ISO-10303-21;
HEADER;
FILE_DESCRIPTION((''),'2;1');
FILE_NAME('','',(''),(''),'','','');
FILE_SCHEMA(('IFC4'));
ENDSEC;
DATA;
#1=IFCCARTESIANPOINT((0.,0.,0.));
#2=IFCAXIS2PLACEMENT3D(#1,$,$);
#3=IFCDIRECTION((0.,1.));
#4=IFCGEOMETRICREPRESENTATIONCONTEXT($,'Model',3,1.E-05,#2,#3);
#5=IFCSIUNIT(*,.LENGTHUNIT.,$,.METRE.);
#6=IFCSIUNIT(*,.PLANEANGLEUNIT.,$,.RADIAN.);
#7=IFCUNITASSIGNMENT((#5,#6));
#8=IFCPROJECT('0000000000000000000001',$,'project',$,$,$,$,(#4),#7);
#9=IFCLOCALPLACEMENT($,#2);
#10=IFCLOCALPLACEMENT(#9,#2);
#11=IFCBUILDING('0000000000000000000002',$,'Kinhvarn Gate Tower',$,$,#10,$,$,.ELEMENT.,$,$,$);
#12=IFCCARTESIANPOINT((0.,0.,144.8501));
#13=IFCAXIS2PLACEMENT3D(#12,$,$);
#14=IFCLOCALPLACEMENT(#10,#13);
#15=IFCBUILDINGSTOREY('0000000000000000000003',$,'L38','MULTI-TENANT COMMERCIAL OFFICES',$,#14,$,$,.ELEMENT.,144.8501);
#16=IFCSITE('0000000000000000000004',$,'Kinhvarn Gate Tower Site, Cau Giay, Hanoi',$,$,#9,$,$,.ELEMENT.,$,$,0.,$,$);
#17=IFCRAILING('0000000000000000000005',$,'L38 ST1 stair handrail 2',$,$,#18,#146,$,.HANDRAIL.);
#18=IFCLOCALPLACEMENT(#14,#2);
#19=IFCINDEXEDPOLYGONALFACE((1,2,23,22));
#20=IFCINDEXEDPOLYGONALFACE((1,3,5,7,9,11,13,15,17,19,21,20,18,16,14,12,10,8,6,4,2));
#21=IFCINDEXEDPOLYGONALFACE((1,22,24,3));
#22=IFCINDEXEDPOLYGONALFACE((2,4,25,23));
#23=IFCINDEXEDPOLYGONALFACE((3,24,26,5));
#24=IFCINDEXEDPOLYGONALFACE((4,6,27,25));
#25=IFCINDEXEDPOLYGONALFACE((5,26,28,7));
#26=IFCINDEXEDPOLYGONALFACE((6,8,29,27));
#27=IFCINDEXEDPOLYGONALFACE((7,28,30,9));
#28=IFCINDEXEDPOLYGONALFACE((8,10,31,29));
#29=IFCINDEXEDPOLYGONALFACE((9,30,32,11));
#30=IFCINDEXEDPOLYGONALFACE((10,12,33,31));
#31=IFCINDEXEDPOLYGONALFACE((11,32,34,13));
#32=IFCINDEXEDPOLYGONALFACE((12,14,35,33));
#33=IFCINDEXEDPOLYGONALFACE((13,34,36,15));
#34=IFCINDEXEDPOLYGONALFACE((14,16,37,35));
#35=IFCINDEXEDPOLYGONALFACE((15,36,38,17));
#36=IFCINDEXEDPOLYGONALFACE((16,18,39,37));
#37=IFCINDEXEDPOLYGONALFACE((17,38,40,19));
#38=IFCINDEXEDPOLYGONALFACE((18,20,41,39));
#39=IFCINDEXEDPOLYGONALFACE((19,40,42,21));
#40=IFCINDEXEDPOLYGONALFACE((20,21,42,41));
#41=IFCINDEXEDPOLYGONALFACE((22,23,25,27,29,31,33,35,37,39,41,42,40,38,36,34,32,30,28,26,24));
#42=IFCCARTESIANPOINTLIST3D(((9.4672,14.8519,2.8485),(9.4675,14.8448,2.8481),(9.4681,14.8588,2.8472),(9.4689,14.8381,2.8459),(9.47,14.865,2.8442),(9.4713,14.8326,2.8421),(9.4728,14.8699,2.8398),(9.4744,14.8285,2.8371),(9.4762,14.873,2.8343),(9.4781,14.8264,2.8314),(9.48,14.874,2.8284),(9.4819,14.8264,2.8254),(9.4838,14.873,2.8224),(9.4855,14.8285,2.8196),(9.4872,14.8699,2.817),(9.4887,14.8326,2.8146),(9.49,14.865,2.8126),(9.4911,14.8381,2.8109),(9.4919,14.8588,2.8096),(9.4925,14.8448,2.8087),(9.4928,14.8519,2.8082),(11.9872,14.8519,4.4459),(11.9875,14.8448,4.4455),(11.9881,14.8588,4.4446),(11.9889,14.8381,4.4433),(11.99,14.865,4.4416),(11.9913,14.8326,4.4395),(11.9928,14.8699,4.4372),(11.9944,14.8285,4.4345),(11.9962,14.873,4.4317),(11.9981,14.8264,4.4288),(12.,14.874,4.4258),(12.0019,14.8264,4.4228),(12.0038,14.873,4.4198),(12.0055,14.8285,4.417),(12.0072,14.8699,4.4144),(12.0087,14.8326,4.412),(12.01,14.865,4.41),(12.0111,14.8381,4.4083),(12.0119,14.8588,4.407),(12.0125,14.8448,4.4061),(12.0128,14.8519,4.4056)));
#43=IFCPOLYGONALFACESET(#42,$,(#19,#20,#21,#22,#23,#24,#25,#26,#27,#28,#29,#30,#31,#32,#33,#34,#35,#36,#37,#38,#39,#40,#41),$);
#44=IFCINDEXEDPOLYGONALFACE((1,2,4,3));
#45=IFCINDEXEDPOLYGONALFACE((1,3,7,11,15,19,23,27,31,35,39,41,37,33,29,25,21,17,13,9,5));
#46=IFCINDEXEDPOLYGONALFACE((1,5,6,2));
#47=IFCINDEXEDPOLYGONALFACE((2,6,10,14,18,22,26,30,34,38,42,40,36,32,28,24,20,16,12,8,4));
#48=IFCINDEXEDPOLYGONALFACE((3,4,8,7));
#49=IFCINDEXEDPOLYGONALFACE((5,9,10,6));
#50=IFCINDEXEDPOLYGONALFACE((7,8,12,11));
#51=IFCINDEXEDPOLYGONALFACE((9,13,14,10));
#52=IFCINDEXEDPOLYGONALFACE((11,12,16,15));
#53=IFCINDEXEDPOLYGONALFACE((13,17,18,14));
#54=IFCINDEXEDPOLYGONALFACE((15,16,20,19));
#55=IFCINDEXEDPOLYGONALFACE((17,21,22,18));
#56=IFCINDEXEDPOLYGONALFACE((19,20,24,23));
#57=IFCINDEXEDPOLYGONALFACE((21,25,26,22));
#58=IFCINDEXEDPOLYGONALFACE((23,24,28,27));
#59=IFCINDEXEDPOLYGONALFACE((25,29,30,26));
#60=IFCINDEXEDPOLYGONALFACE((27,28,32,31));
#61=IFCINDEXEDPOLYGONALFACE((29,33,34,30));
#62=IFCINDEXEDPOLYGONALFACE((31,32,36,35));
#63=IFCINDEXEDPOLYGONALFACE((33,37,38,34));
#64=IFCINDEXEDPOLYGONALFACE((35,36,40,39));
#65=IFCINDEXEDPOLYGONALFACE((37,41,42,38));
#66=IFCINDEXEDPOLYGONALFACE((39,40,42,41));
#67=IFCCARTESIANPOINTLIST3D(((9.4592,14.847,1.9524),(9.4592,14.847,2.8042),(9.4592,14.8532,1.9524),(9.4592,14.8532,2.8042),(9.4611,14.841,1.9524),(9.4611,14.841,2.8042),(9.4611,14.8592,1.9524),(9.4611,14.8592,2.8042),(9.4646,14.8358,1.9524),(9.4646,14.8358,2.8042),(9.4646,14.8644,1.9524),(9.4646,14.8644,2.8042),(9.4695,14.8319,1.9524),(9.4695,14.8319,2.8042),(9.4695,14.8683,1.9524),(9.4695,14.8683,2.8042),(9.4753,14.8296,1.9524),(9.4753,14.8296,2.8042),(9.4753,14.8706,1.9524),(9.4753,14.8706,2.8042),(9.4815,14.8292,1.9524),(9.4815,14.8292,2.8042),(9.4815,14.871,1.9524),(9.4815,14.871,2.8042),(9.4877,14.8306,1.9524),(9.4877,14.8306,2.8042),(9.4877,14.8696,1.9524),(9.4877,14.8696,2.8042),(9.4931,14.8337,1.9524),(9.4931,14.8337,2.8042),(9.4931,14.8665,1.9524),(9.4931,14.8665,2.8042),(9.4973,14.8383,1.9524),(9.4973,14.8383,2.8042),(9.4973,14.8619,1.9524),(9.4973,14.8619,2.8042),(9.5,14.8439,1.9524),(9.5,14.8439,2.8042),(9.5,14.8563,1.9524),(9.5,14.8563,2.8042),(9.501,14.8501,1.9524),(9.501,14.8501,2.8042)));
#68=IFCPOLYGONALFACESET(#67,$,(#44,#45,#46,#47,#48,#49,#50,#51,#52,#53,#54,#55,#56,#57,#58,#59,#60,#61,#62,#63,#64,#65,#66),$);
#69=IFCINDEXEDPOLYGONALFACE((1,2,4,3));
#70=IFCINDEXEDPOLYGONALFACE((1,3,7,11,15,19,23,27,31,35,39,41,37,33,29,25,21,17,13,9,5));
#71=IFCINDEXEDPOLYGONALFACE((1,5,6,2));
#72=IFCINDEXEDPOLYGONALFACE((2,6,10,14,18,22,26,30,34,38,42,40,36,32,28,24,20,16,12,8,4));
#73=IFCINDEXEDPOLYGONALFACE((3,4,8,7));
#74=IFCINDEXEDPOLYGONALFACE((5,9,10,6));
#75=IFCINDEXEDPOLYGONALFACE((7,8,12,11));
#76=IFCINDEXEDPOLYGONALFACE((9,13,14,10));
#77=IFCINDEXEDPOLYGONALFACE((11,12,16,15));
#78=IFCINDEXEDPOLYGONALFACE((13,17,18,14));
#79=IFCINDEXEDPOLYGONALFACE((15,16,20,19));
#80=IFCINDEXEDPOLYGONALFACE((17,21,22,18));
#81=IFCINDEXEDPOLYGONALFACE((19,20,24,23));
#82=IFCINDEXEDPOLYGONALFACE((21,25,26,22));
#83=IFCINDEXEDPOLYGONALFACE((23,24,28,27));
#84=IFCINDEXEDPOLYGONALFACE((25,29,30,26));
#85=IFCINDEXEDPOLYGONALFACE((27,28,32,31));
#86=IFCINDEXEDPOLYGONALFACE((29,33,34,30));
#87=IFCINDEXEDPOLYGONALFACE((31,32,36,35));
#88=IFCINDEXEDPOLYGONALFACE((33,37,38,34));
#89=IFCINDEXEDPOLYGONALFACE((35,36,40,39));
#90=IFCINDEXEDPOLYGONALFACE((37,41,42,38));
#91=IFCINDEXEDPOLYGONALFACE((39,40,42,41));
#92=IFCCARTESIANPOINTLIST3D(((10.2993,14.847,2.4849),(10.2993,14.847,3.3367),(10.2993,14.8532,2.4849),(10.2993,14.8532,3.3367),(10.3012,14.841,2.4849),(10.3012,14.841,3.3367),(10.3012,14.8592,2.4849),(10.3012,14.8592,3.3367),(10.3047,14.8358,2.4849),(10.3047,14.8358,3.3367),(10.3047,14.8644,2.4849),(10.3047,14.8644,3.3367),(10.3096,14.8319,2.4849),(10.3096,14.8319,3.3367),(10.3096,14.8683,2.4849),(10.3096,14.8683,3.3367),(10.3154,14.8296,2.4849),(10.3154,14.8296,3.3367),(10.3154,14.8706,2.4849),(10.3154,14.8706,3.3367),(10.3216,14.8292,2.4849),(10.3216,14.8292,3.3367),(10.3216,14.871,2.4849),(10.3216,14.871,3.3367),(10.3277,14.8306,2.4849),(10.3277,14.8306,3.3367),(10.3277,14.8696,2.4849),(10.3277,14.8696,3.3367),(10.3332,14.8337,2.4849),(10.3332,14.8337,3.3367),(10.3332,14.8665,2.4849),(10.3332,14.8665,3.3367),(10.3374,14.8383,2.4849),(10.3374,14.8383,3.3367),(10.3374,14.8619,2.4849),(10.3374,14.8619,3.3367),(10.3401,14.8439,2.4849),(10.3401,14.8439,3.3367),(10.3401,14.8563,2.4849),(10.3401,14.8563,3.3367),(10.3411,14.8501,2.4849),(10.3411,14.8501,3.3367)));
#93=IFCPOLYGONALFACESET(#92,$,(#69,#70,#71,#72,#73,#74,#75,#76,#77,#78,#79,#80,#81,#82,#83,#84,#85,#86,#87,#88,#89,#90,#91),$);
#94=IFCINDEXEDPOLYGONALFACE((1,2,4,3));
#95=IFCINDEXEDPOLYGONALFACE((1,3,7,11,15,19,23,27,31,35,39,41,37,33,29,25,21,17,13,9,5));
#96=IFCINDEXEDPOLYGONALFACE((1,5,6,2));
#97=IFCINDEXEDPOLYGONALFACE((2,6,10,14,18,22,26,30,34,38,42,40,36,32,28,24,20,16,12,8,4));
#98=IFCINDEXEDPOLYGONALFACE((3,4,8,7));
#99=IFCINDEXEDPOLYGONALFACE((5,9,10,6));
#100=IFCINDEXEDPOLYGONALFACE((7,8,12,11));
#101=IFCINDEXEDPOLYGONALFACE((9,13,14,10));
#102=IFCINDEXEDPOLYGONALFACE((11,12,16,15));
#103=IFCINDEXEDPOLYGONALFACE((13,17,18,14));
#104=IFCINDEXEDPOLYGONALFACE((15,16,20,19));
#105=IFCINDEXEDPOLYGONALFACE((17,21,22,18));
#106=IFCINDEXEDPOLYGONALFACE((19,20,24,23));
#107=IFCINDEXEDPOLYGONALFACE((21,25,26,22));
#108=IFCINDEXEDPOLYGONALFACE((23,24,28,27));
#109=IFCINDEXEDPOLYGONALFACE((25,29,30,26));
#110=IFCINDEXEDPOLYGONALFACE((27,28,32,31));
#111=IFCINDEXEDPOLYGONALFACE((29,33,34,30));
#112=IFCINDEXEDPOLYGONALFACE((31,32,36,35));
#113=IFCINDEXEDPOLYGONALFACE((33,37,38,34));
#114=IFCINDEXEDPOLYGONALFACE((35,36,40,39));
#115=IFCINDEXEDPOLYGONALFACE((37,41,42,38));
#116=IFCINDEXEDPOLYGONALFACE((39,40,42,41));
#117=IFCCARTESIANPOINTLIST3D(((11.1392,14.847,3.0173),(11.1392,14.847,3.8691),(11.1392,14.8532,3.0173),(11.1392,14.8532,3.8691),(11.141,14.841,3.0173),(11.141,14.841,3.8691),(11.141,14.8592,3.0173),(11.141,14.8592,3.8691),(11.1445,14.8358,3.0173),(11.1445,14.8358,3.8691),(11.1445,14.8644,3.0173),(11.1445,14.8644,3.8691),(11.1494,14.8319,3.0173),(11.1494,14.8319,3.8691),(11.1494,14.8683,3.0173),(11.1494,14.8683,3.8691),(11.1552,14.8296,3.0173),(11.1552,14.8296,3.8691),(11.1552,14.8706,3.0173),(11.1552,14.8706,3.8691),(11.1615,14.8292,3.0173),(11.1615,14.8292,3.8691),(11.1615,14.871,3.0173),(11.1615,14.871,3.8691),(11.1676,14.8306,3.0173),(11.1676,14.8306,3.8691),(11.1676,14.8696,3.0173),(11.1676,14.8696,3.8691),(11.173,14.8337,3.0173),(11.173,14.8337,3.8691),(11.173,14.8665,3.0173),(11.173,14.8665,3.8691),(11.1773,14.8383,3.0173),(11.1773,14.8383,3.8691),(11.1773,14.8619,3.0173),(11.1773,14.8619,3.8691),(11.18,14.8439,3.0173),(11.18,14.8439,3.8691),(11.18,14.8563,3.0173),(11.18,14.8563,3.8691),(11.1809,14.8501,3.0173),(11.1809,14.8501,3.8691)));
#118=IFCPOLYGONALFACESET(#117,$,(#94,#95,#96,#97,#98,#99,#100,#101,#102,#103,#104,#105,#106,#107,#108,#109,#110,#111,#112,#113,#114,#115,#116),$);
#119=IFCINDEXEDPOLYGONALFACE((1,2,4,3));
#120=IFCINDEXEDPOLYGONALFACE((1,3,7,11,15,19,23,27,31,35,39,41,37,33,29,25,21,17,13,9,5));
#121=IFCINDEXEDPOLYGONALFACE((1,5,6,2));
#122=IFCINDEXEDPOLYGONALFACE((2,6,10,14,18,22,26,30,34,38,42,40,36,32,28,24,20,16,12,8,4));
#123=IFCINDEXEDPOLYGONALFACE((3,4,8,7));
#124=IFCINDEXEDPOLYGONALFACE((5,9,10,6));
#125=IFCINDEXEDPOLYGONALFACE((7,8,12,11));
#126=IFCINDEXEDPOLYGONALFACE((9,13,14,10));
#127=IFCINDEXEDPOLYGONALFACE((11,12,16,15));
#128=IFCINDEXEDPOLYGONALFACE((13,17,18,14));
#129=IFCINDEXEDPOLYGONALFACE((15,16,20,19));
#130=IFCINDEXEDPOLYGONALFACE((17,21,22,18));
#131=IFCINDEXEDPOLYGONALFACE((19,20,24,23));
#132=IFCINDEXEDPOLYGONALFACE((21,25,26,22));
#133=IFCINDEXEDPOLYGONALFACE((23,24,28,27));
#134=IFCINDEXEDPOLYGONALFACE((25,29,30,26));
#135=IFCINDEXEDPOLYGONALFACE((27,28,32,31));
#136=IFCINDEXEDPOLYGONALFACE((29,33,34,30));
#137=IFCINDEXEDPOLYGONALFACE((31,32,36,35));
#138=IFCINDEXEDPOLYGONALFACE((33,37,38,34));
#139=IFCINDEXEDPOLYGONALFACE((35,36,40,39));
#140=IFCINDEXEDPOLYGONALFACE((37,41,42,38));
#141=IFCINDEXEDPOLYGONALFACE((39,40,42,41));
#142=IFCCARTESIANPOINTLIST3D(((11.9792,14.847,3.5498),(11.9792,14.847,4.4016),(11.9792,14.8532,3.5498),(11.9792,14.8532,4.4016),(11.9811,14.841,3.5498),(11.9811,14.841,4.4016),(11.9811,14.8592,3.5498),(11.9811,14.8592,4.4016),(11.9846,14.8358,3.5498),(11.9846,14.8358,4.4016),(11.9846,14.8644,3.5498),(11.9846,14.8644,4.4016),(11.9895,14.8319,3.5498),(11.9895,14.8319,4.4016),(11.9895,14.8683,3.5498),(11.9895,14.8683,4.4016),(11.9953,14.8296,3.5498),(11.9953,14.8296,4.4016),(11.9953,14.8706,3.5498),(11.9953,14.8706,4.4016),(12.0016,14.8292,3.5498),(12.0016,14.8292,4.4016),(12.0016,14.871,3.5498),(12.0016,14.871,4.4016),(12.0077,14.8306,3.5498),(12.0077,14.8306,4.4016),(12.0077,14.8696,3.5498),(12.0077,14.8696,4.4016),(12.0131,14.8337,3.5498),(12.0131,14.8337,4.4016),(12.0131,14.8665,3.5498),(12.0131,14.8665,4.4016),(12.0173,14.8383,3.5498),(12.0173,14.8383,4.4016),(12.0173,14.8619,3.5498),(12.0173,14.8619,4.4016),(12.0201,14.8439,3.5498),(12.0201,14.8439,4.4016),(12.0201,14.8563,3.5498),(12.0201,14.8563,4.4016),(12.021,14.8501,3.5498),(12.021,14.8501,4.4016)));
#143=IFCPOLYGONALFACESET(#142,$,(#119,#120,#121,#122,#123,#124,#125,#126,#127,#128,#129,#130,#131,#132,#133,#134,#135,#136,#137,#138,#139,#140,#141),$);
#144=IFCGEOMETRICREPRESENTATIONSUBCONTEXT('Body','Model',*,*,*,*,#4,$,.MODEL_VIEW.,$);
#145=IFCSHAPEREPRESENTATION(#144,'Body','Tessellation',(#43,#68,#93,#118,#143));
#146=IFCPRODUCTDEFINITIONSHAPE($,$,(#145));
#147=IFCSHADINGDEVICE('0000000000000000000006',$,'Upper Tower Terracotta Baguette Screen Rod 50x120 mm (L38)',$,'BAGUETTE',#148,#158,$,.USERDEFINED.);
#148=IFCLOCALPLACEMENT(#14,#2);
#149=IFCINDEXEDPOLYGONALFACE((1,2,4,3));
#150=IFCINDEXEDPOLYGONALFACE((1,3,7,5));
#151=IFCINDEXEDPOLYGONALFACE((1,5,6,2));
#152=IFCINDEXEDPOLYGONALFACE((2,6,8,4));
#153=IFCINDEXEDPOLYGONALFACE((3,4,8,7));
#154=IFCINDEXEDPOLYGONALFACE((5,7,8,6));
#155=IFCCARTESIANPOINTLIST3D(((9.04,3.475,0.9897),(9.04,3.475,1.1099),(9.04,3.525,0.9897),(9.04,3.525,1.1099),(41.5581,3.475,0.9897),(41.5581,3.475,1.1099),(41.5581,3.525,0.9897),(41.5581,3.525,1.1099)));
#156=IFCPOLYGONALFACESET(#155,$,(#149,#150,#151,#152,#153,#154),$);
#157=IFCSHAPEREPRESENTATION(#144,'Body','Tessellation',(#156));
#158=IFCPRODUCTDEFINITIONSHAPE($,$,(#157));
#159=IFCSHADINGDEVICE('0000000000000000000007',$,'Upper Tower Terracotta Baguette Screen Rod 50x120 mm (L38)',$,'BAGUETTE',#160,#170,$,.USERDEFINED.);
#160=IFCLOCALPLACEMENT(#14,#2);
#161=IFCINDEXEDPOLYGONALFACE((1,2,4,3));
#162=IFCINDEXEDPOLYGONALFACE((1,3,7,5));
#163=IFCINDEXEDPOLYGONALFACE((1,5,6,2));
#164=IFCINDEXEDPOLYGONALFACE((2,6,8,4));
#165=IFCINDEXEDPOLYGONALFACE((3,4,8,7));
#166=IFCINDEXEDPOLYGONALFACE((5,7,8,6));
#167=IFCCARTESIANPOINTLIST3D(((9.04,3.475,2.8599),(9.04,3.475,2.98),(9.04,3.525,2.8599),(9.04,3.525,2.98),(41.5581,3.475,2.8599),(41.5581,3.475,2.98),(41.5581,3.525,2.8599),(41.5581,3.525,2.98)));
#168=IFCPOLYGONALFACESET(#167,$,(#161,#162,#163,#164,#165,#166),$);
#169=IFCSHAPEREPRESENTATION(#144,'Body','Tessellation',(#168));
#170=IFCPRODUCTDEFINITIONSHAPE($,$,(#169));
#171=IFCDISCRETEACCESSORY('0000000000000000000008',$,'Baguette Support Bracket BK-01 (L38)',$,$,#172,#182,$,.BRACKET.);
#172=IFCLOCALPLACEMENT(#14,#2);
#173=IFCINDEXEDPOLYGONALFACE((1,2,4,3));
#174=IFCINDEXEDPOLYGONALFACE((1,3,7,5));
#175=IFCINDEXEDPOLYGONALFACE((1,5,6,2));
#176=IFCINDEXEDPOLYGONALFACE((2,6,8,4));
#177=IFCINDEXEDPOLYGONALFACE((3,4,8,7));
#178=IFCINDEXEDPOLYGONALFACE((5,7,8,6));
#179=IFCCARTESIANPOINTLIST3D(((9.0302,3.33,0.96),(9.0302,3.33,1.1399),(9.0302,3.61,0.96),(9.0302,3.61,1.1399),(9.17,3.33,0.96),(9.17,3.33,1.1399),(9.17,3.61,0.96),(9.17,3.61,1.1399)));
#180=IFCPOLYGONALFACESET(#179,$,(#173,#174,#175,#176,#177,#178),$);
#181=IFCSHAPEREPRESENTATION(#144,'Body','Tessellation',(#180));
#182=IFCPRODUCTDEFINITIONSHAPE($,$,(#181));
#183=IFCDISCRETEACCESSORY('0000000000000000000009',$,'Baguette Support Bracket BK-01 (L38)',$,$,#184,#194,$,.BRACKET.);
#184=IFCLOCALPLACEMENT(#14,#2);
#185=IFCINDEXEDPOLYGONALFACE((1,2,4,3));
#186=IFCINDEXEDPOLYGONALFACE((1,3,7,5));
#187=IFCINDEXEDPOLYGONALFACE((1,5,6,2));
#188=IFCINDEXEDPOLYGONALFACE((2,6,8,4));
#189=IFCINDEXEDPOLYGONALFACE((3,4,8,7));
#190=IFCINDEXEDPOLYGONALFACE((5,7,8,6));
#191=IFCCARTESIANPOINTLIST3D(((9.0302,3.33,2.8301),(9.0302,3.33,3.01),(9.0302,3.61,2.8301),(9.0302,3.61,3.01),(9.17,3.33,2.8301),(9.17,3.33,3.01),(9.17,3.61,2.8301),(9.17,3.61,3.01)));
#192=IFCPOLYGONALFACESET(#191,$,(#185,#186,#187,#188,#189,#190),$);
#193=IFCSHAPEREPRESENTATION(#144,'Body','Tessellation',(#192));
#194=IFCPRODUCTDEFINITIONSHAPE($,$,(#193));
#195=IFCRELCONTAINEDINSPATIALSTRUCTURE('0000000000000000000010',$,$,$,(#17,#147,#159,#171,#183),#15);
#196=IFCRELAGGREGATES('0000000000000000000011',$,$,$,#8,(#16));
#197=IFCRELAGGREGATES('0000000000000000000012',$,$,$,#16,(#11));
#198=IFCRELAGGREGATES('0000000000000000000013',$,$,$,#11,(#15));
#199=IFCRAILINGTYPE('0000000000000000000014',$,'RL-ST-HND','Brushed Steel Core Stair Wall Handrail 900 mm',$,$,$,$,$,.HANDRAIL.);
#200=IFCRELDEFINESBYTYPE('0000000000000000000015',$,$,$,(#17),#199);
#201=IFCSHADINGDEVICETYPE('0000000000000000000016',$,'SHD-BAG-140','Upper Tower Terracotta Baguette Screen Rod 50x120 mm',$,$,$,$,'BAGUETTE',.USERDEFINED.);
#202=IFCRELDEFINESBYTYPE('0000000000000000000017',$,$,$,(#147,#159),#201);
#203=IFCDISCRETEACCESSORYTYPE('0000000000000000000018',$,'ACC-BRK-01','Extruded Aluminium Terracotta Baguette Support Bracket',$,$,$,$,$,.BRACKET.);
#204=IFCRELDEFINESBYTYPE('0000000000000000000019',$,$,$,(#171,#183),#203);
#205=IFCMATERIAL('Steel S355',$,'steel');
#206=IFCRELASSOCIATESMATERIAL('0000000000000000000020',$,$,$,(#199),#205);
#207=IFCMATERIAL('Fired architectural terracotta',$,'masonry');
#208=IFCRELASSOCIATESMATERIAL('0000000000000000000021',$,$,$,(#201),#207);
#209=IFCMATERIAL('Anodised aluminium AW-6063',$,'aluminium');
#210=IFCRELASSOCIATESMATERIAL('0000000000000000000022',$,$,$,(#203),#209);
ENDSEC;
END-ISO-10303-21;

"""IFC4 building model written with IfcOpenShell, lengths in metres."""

from ifc_helpers import new_model, si_unit, direction, frame, origin, origin_2d, place, context, subcontext, project, spatial, rectangle, circle, extrude, material, material_profile, profile_set, type_object, element, save


model = new_model("IFC4")

# Units and contexts
model_context = context("Model", 3, precision=1e-05, world=origin(), true_north=direction((0.0, 1.0)))
body_context = subcontext(model_context, "Body", "Model", "MODEL_VIEW")
ifc_project = project(units=[si_unit("LENGTHUNIT", "METRE"), si_unit("PLANEANGLEUNIT", "RADIAN")], contexts=[model_context])

# Site, building, storey
site_placement = place(None, origin())
site = spatial("IfcSite", under=ifc_project, at=site_placement, Name="Kinhvarn Gate Tower Site, Cau Giay, Hanoi", CompositionType="ELEMENT", RefElevation=0.0)
building_placement = place(site_placement, origin())
building = spatial("IfcBuilding", under=site, at=building_placement, Name="Kinhvarn Gate Tower", CompositionType="ELEMENT")
storey_placement = place(building_placement, frame((0.0, 0.0, 144.8501)))
storey = spatial("IfcBuildingStorey", under=building, at=storey_placement, Name="L38", Description="MULTI-TENANT COMMERCIAL OFFICES", CompositionType="ELEMENT", Elevation=144.8501)

# Shared definitions
ifc_material_1 = material(Name="Anodised aluminium AW-6063", Category="aluminium")

# Shared definitions
ifc_material_2 = material(Name="Steel S355", Category="steel")

# Shared definitions
ifc_material_3 = material(Name="Fired architectural terracotta", Category="masonry")

# Railing
railing_type_1 = type_object("IfcRailingType", Name="RL-ST-HND", Description="Brushed Steel Core Stair Wall Handrail 900 mm", PredefinedType="HANDRAIL", material=ifc_material_2)
railing_1_placement = place(storey_placement, frame((9.48, 14.8501, 1.9524)))
element("IfcRailing", 1, at=railing_1_placement, inside=storey, type_object=railing_type_1, Name="L38 ST1 stair handrail 2", PredefinedType="HANDRAIL", context=body_context, shape_type="SweptSolid", body=[
    extrude(circle(Radius=0.0239, at=origin_2d()), frame((0.0, 0.0, 0.876), z_axis=(0.844607, 0.0, 0.535387), x_axis=(0.0, 1.0, 0.0)), (0.0, 0.0, 1.0), 2.9836),
    extrude(circle(Radius=0.021, at=origin_2d()), origin(), (0.0, 0.0, 1.0), 0.8518),
    extrude(circle(Radius=0.021, at=origin_2d()), frame((0.8401, 0.0, 0.5325)), (0.0, 0.0, 1.0), 0.8518),
    extrude(circle(Radius=0.021, at=origin_2d()), frame((1.6799, 0.0, 1.0649)), (0.0, 0.0, 1.0), 0.8518),
    extrude(circle(Radius=0.021, at=origin_2d()), frame((2.52, 0.0, 1.5974)), (0.0, 0.0, 1.0), 0.8518),
])

# Shading devices
ifc_material_profile_1 = material_profile(ifc_material_3, rectangle(XDim=0.05, YDim=0.1201, at=origin_2d()), Name="TC 50x120")
ifc_profile_set_1 = profile_set([ifc_material_profile_1], Name="Fired architectural terracotta")
shading_device_type = type_object("IfcShadingDeviceType", Name="SHD-BAG-140", Description="Upper Tower Terracotta Baguette Screen Rod 50x120 mm", ElementType="BAGUETTE", PredefinedType="USERDEFINED", material=ifc_profile_set_1)
for number, where, z_axis, x_axis, name in (
    (2, (9.04, 3.5, 1.0498), (1.0, 0.0, 0.0), (0.0, 1.0, 0.0), "Upper Tower Terracotta Baguette Screen Rod 50x120 mm (L38)"),
    (3, (9.04, 3.5, 2.9199), (1.0, 0.0, 0.0), (0.0, 1.0, 0.0), "Upper Tower Terracotta Baguette Screen Rod 50x120 mm (L38)"),
):
    element("IfcShadingDevice", number, at=place(storey_placement, frame(where, z_axis=z_axis, x_axis=x_axis)), inside=storey, type_object=shading_device_type, Name=name, ObjectType="BAGUETTE", PredefinedType="USERDEFINED", context=body_context, shape_type="SweptSolid", body=[
        extrude(rectangle(XDim=0.05, YDim=0.1201, at=origin_2d()), origin(), (0.0, 0.0, 1.0), 32.5181),
    ])

# Discrete accessories
discrete_accessory_type = type_object("IfcDiscreteAccessoryType", Name="ACC-BRK-01", Description="Extruded Aluminium Terracotta Baguette Support Bracket", PredefinedType="BRACKET", material=ifc_material_1)
for number, where, z_axis, x_axis, name in (
    (4, (9.1001, 3.47, 0.96), (0.0, 0.0, 1.0), (1.0, 0.0, 0.0), "Baguette Support Bracket BK-01 (L38)"),
    (5, (9.1001, 3.47, 2.8301), (0.0, 0.0, 1.0), (1.0, 0.0, 0.0), "Baguette Support Bracket BK-01 (L38)"),
):
    element("IfcDiscreteAccessory", number, at=place(storey_placement, frame(where, z_axis=z_axis, x_axis=x_axis)), inside=storey, type_object=discrete_accessory_type, Name=name, PredefinedType="BRACKET", context=body_context, shape_type="SweptSolid", body=[
        extrude(rectangle(XDim=0.1399, YDim=0.28, at=origin_2d()), origin(), (0.0, 0.0, 1.0), 0.1799),
    ])

save(model, "model.ifc")
